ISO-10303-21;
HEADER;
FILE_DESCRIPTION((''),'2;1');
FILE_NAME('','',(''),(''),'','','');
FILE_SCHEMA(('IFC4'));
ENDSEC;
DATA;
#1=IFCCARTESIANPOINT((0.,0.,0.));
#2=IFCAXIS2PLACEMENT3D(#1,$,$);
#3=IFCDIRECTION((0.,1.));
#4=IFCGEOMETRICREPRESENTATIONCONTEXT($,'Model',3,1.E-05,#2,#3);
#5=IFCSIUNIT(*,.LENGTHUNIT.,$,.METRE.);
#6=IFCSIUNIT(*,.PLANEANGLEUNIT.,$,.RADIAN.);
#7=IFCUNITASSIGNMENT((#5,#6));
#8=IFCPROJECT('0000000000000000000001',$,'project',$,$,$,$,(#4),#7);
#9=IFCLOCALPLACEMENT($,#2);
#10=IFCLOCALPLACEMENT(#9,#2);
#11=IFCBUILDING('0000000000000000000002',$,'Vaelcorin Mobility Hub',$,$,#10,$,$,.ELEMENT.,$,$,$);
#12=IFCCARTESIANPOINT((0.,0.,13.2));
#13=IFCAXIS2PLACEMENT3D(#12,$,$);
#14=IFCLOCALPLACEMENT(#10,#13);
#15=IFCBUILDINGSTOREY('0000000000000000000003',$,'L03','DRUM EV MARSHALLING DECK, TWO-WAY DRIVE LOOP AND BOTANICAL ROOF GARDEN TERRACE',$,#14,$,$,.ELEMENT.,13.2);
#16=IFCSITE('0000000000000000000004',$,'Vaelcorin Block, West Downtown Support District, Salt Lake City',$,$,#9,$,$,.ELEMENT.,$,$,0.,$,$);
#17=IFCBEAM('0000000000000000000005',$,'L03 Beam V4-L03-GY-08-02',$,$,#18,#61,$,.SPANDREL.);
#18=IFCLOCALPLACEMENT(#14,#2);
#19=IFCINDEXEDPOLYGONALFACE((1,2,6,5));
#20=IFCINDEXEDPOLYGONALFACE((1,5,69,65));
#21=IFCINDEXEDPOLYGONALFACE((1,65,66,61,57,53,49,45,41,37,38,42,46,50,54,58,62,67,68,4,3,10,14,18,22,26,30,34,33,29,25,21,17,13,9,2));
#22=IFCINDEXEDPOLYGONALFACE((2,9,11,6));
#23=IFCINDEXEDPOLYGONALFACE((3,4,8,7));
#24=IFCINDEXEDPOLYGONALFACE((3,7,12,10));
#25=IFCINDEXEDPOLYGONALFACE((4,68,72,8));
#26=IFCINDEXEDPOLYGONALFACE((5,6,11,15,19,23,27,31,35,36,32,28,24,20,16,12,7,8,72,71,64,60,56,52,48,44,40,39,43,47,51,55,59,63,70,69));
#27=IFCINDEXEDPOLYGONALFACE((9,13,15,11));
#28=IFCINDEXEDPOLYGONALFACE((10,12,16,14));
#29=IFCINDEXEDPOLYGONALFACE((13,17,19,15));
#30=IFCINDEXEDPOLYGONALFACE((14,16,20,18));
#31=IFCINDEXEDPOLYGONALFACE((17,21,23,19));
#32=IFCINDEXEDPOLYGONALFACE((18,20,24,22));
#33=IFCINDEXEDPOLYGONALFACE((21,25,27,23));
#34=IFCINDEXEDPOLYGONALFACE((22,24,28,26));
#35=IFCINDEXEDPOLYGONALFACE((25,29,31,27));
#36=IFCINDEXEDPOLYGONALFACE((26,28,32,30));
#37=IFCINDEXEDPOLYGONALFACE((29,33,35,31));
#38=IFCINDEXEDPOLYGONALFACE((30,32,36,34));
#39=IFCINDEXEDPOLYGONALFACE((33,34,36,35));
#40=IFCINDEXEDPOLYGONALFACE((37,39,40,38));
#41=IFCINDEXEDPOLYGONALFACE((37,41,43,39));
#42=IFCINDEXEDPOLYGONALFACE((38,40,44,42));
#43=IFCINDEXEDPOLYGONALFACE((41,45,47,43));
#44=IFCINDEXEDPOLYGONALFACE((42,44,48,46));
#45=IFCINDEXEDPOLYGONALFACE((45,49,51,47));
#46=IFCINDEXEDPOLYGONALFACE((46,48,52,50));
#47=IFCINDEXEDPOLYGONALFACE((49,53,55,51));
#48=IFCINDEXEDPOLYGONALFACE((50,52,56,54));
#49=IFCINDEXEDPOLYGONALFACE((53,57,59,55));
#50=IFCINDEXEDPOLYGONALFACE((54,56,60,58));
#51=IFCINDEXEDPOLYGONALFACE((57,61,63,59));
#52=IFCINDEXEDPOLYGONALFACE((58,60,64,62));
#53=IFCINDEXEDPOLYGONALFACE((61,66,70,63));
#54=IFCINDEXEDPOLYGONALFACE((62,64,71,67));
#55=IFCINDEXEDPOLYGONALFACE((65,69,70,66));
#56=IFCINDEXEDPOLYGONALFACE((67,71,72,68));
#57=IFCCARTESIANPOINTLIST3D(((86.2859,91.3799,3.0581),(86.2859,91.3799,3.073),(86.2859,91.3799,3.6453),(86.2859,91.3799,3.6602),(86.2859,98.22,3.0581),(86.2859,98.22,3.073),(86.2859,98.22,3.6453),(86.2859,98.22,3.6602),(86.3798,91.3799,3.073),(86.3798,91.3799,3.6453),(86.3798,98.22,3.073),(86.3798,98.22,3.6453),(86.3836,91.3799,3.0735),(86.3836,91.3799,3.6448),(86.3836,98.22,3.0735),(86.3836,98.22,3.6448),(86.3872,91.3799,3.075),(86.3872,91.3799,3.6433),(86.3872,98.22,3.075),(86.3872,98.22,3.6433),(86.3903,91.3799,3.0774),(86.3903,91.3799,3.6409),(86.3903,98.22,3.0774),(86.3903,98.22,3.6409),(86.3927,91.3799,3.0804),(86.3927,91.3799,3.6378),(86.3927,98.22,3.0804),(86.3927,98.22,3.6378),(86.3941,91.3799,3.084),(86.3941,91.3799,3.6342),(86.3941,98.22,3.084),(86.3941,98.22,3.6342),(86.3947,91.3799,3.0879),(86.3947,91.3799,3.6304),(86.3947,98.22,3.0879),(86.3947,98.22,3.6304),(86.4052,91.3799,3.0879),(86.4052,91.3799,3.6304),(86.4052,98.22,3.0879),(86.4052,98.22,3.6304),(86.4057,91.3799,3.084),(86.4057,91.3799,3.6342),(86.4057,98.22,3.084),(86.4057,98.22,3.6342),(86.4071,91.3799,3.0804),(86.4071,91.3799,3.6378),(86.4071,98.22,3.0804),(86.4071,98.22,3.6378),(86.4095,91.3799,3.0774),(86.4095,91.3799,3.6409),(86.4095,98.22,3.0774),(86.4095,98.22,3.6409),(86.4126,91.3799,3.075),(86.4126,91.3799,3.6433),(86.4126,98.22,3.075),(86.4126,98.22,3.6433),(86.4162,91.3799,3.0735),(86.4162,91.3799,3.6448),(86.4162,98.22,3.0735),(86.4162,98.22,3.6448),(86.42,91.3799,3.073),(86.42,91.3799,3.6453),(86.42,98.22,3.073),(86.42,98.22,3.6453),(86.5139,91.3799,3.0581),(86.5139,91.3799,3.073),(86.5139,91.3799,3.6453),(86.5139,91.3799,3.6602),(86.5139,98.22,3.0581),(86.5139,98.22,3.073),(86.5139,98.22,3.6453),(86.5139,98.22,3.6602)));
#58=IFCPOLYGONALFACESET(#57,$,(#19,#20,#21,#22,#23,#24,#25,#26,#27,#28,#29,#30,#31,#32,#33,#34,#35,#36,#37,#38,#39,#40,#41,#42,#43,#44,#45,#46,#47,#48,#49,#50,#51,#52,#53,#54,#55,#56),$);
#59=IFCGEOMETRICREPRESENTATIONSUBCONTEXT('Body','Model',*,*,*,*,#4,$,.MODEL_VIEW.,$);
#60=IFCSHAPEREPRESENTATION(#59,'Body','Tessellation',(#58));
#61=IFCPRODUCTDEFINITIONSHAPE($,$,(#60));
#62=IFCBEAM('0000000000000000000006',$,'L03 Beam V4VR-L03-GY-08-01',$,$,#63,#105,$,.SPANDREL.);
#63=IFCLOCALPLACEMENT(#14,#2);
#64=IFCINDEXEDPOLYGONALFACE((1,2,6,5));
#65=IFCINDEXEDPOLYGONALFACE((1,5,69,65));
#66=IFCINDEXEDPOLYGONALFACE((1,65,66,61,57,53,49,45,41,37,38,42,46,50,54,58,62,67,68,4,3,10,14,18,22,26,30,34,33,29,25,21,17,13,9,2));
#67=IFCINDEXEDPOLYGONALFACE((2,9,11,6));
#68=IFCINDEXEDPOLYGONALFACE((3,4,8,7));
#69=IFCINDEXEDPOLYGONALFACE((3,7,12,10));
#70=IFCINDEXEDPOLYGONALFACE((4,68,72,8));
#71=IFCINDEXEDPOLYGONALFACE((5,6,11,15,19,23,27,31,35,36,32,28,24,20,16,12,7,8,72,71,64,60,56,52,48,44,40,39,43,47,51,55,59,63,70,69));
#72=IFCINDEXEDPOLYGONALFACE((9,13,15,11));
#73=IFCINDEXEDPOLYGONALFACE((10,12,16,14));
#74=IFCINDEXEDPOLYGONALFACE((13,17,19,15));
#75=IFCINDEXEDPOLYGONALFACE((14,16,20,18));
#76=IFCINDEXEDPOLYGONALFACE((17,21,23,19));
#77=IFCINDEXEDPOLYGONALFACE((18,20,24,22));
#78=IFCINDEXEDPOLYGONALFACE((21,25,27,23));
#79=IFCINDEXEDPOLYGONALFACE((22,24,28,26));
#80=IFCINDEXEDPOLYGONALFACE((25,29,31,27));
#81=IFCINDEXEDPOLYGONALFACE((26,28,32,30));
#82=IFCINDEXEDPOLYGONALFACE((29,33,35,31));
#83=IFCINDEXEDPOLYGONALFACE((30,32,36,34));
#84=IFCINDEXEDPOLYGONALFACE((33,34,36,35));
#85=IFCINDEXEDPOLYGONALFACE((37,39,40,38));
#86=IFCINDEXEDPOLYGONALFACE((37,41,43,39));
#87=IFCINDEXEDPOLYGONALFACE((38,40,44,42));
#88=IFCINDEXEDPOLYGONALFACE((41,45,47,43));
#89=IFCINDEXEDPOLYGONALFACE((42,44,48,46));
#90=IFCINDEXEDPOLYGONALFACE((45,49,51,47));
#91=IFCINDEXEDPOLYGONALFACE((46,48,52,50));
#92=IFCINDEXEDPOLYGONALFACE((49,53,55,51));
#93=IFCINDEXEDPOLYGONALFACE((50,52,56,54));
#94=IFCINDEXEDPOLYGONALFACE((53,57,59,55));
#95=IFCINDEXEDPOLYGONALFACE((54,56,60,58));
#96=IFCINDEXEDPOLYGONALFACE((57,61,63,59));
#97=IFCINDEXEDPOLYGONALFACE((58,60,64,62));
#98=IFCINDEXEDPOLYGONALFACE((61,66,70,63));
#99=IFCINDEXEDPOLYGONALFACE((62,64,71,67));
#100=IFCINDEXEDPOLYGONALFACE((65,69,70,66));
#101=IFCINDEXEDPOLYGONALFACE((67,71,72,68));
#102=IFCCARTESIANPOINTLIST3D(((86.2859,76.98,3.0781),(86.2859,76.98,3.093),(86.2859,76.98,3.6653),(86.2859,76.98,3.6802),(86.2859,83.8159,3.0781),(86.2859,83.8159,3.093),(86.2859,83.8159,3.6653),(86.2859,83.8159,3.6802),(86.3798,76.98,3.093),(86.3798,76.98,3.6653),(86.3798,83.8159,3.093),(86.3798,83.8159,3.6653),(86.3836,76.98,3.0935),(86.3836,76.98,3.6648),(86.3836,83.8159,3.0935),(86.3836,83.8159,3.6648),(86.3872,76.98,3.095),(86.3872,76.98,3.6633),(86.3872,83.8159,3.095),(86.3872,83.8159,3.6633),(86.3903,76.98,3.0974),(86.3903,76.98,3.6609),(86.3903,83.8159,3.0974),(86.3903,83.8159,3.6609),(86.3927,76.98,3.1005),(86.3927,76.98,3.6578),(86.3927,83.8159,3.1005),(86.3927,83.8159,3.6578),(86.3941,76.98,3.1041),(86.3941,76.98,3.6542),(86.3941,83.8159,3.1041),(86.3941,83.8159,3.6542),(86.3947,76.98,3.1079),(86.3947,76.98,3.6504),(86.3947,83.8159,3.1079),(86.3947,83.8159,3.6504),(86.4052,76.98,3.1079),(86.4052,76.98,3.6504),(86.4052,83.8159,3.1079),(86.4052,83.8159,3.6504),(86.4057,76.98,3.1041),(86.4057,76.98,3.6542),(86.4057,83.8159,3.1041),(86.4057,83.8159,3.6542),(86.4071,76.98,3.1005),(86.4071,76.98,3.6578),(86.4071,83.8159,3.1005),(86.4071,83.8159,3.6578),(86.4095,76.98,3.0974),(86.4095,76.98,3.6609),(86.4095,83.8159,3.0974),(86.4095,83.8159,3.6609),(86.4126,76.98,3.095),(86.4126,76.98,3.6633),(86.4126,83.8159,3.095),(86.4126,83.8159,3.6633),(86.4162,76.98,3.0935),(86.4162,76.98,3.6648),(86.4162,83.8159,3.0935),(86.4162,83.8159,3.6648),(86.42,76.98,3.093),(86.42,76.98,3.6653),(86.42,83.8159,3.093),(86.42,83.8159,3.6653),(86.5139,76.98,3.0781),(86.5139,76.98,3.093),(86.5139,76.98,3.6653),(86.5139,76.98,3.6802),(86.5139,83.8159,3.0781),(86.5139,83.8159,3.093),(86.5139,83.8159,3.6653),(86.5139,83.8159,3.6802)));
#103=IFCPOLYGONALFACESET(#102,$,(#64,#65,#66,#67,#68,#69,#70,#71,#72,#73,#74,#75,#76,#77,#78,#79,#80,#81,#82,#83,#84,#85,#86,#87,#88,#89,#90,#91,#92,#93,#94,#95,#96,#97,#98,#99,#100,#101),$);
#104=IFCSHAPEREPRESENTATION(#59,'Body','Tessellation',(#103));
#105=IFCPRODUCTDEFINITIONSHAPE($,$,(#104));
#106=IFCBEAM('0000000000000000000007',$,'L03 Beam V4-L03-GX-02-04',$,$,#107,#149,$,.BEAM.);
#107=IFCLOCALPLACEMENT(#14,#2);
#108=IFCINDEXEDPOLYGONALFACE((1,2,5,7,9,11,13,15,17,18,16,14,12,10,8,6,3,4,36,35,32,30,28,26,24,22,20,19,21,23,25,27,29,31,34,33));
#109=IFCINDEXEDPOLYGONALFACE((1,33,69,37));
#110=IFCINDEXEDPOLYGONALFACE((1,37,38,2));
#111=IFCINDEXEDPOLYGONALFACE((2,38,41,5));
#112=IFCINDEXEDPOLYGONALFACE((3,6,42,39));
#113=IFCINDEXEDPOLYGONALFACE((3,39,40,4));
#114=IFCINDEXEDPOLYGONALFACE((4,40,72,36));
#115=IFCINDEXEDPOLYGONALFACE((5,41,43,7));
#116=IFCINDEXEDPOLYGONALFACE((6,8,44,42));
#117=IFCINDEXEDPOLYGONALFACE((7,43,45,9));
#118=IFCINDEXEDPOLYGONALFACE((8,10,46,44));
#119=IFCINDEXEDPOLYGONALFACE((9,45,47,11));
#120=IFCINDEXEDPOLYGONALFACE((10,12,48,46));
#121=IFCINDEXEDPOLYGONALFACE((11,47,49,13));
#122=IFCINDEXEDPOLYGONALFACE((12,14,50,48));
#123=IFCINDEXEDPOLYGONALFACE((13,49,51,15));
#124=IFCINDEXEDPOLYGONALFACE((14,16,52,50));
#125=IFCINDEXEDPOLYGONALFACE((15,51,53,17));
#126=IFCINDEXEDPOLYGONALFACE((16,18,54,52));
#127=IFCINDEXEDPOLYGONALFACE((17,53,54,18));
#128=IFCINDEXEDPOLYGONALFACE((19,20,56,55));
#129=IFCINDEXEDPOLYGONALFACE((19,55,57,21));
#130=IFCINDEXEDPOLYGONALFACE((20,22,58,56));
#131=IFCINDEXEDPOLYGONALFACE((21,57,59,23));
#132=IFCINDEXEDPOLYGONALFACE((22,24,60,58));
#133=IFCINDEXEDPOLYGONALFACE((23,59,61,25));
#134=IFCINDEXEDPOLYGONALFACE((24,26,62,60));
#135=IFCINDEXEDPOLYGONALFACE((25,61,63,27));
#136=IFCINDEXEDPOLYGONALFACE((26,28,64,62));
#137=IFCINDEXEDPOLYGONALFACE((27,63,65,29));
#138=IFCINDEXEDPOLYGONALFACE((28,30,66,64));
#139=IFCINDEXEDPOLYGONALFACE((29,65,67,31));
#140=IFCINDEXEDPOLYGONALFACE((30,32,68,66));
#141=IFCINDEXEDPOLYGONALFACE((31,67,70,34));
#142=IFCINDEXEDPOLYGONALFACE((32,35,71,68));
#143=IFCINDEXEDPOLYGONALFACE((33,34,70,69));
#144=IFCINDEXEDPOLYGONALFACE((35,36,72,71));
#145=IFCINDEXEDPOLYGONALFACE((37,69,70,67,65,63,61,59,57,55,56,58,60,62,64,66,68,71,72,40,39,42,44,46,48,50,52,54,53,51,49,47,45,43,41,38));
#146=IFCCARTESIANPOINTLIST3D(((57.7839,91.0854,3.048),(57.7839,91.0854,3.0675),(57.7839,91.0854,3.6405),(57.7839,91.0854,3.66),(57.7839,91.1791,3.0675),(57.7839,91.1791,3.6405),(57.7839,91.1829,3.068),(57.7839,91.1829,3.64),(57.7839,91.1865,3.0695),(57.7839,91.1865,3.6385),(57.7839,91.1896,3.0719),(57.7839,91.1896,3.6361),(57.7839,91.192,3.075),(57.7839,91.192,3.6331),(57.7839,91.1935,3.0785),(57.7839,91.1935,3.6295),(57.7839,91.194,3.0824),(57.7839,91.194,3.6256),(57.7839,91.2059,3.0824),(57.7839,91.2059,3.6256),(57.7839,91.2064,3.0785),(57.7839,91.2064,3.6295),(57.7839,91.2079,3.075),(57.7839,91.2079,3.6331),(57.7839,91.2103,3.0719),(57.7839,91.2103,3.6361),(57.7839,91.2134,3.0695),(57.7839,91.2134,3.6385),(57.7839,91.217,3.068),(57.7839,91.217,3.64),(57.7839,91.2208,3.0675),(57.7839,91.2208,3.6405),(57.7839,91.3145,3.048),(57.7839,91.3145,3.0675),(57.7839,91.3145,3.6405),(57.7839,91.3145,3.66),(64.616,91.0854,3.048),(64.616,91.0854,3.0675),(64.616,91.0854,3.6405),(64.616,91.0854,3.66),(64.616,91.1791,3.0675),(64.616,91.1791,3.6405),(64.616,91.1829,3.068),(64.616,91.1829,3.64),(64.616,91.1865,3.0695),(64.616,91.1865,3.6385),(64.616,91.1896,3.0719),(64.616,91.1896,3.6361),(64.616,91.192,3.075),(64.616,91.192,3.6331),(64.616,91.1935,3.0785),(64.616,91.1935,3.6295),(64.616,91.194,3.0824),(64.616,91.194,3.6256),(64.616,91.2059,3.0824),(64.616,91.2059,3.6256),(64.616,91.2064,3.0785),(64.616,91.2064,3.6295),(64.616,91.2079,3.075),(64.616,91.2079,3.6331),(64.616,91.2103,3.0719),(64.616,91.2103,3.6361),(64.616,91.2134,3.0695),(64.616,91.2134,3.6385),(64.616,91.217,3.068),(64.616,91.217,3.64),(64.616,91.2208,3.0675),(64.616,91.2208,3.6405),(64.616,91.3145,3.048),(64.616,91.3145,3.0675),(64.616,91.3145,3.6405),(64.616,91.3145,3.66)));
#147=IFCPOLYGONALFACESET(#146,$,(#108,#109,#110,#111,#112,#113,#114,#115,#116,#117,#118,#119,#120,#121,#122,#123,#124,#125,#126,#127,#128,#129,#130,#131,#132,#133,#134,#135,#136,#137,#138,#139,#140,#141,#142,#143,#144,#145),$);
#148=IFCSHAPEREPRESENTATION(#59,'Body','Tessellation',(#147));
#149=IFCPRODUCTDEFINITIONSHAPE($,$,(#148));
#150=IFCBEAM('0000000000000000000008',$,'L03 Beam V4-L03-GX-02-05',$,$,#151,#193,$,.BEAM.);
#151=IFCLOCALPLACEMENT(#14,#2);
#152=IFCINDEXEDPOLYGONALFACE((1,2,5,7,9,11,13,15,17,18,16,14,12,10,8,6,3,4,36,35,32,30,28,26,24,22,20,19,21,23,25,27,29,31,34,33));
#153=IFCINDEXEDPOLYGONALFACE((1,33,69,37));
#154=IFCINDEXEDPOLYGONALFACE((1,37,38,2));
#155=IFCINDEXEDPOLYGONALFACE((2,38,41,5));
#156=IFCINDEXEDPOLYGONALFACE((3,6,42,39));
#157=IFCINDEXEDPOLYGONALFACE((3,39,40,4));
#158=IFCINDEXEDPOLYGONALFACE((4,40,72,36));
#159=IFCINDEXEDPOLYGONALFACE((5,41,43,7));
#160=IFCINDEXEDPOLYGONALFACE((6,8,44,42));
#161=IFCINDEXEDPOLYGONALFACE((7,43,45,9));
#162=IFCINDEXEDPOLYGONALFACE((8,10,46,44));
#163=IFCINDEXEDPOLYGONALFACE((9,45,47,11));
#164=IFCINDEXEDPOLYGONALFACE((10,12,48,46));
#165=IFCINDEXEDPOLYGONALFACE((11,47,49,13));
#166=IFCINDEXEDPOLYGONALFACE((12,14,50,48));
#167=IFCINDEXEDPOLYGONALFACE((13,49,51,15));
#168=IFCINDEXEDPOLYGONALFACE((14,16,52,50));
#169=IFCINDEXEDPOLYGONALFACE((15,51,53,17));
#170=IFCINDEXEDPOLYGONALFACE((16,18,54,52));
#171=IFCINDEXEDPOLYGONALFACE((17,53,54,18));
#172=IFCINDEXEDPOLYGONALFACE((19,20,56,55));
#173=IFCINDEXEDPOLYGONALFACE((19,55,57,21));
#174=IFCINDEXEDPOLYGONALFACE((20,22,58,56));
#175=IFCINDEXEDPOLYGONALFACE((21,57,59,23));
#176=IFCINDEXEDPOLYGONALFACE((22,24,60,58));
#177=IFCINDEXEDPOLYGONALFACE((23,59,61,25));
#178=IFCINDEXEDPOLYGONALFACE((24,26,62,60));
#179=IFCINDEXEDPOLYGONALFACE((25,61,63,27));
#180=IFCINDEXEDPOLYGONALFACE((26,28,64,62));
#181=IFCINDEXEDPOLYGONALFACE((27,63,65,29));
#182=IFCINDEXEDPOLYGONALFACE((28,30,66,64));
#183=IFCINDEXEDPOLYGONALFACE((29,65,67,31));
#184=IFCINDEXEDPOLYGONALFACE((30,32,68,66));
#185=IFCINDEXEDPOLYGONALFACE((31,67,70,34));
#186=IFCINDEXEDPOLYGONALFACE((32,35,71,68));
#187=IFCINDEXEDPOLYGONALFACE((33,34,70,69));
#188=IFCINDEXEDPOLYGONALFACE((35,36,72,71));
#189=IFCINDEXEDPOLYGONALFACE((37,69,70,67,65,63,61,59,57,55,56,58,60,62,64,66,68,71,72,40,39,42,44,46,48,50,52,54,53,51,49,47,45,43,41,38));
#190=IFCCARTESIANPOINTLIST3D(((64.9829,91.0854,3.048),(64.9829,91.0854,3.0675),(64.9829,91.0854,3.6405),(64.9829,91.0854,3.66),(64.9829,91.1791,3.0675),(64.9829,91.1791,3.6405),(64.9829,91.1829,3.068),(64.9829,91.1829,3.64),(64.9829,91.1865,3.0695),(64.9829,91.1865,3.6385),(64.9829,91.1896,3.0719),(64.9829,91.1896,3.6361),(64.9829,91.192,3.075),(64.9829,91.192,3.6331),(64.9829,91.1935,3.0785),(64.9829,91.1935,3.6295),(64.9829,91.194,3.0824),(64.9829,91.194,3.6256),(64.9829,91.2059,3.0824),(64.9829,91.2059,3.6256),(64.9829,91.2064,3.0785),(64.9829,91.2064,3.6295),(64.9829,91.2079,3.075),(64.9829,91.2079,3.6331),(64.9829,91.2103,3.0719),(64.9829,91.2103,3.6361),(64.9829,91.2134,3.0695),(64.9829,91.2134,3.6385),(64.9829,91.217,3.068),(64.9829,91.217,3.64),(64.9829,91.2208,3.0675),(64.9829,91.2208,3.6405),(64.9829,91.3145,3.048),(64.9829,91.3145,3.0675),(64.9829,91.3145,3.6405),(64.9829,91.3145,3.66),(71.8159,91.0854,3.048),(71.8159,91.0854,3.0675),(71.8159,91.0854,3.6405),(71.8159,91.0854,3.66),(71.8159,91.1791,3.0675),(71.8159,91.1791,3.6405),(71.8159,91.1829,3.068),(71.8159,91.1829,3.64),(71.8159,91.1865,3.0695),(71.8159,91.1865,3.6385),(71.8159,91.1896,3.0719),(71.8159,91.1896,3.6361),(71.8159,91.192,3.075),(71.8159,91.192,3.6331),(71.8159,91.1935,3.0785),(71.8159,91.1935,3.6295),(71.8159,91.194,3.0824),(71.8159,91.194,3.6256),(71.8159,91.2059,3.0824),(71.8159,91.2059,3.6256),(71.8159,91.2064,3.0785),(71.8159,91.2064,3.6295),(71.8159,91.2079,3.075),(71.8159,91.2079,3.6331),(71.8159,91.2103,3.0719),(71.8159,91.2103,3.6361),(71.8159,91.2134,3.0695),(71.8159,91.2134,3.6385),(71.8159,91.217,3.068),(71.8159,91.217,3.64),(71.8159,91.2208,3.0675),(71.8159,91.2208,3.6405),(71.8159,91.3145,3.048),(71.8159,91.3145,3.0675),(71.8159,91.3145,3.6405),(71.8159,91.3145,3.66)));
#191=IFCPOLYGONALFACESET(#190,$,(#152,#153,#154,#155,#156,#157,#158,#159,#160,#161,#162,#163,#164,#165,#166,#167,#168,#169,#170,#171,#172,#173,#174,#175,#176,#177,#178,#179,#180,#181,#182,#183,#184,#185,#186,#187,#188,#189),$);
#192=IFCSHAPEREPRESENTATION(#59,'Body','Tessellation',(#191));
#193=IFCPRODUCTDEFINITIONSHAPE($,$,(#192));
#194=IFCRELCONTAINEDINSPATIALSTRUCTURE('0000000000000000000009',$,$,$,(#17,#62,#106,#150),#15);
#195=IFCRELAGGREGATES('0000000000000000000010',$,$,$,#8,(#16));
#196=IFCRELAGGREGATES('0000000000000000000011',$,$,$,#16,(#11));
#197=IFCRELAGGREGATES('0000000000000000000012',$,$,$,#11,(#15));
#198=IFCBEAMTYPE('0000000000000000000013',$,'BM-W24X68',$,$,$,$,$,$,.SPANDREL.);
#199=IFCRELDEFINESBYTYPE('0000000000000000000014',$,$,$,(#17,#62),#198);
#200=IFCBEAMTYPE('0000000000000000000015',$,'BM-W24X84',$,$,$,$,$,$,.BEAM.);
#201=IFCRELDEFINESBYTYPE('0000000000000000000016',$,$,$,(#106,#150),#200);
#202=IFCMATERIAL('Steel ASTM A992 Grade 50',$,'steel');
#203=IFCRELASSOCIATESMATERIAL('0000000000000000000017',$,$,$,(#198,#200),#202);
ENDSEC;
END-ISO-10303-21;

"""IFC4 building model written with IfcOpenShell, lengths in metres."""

from ifc_helpers import new_model, si_unit, direction, frame, origin, origin_2d, place, context, subcontext, project, spatial, i_section, extrude, material, material_profile, profile_set, type_object, element, save


model = new_model("IFC4")

# Units and contexts
model_context = context("Model", 3, precision=1e-05, world=origin(), true_north=direction((0.0, 1.0)))
body_context = subcontext(model_context, "Body", "Model", "MODEL_VIEW")
ifc_project = project(units=[si_unit("LENGTHUNIT", "METRE"), si_unit("PLANEANGLEUNIT", "RADIAN")], contexts=[model_context])

# Site, building, storey
site_placement = place(None, origin())
site = spatial("IfcSite", under=ifc_project, at=site_placement, Name="Vaelcorin Block, West Downtown Support District, Salt Lake City", CompositionType="ELEMENT", RefElevation=0.0)
building_placement = place(site_placement, origin())
building = spatial("IfcBuilding", under=site, at=building_placement, Name="Vaelcorin Mobility Hub", CompositionType="ELEMENT")
storey_placement = place(building_placement, frame((0.0, 0.0, 13.2)))
storey = spatial("IfcBuildingStorey", under=building, at=storey_placement, Name="L03", Description="DRUM EV MARSHALLING DECK, TWO-WAY DRIVE LOOP AND BOTANICAL ROOF GARDEN TERRACE", CompositionType="ELEMENT", Elevation=13.2)

# Shared definitions
ifc_material_1 = material(Name="Steel ASTM A992 Grade 50", Category="steel")

# Beams
ifc_material_profile_1 = material_profile(ifc_material_1, i_section(OverallWidth=0.228, OverallDepth=0.6021, WebThickness=0.0105, FlangeThickness=0.0149, FilletRadius=0.0149, at=origin_2d()), Name="W24X68")
ifc_profile_set_1 = profile_set([ifc_material_profile_1], Name="Steel ASTM A992 Grade 50")
beam_type_1 = type_object("IfcBeamType", Name="BM-W24X68", PredefinedType="SPANDREL", material=ifc_profile_set_1)
beam_1_placement = place(storey_placement, frame((86.3999, 91.3799, 3.3591), z_axis=(0.0, 1.0, 0.0), x_axis=(-1.0, 0.0, 0.0)))
element("IfcBeam", 1, at=beam_1_placement, inside=storey, type_object=beam_type_1, Name="L03 Beam V4-L03-GY-08-02", PredefinedType="SPANDREL", context=body_context, shape_type="SweptSolid", body=[
    extrude(i_section(OverallWidth=0.228, OverallDepth=0.6021, WebThickness=0.0105, FlangeThickness=0.0149, FilletRadius=0.0149, at=origin_2d()), origin(), (0.0, 0.0, 1.0), 6.8401),
])
beam_2_placement = place(storey_placement, frame((86.3999, 76.98, 3.3792), z_axis=(0.0, 1.0, 0.0), x_axis=(-1.0, 0.0, 0.0)))
element("IfcBeam", 2, at=beam_2_placement, inside=storey, type_object=beam_type_1, Name="L03 Beam V4VR-L03-GY-08-01", PredefinedType="SPANDREL", context=body_context, shape_type="SweptSolid", body=[
    extrude(i_section(OverallWidth=0.228, OverallDepth=0.6021, WebThickness=0.0105, FlangeThickness=0.0149, FilletRadius=0.0149, at=origin_2d()), origin(), (0.0, 0.0, 1.0), 6.8359),
])
ifc_material_profile_2 = material_profile(ifc_material_1, i_section(OverallWidth=0.229, OverallDepth=0.6121, WebThickness=0.012, FlangeThickness=0.0195, FilletRadius=0.0149, at=origin_2d()), Name="W24X84")
ifc_profile_set_2 = profile_set([ifc_material_profile_2], Name="Steel ASTM A992 Grade 50")
beam_type_2 = type_object("IfcBeamType", Name="BM-W24X84", PredefinedType="BEAM", material=ifc_profile_set_2)
beam_3_placement = place(storey_placement, frame((57.7839, 91.2, 3.354), z_axis=(1.0, 0.0, 0.0), x_axis=(0.0, 1.0, 0.0)))
element("IfcBeam", 3, at=beam_3_placement, inside=storey, type_object=beam_type_2, Name="L03 Beam V4-L03-GX-02-04", PredefinedType="BEAM", context=body_context, shape_type="SweptSolid", body=[
    extrude(i_section(OverallWidth=0.229, OverallDepth=0.6121, WebThickness=0.012, FlangeThickness=0.0195, FilletRadius=0.0149, at=origin_2d()), origin(), (0.0, 0.0, 1.0), 6.832),
])
for number, where, z_axis, x_axis, name in (
    (4, (64.9829, 91.2, 3.354), (1.0, 0.0, 0.0), (0.0, 1.0, 0.0), "L03 Beam V4-L03-GX-02-05"),
):
    element("IfcBeam", number, at=place(storey_placement, frame(where, z_axis=z_axis, x_axis=x_axis)), inside=storey, type_object=beam_type_2, Name=name, PredefinedType="BEAM", context=body_context, shape_type="SweptSolid", body=[
        extrude(i_section(OverallWidth=0.229, OverallDepth=0.6121, WebThickness=0.012, FlangeThickness=0.0195, FilletRadius=0.0149, at=origin_2d()), origin(), (0.0, 0.0, 1.0), 6.833),
    ])

save(model, "model.ifc")
